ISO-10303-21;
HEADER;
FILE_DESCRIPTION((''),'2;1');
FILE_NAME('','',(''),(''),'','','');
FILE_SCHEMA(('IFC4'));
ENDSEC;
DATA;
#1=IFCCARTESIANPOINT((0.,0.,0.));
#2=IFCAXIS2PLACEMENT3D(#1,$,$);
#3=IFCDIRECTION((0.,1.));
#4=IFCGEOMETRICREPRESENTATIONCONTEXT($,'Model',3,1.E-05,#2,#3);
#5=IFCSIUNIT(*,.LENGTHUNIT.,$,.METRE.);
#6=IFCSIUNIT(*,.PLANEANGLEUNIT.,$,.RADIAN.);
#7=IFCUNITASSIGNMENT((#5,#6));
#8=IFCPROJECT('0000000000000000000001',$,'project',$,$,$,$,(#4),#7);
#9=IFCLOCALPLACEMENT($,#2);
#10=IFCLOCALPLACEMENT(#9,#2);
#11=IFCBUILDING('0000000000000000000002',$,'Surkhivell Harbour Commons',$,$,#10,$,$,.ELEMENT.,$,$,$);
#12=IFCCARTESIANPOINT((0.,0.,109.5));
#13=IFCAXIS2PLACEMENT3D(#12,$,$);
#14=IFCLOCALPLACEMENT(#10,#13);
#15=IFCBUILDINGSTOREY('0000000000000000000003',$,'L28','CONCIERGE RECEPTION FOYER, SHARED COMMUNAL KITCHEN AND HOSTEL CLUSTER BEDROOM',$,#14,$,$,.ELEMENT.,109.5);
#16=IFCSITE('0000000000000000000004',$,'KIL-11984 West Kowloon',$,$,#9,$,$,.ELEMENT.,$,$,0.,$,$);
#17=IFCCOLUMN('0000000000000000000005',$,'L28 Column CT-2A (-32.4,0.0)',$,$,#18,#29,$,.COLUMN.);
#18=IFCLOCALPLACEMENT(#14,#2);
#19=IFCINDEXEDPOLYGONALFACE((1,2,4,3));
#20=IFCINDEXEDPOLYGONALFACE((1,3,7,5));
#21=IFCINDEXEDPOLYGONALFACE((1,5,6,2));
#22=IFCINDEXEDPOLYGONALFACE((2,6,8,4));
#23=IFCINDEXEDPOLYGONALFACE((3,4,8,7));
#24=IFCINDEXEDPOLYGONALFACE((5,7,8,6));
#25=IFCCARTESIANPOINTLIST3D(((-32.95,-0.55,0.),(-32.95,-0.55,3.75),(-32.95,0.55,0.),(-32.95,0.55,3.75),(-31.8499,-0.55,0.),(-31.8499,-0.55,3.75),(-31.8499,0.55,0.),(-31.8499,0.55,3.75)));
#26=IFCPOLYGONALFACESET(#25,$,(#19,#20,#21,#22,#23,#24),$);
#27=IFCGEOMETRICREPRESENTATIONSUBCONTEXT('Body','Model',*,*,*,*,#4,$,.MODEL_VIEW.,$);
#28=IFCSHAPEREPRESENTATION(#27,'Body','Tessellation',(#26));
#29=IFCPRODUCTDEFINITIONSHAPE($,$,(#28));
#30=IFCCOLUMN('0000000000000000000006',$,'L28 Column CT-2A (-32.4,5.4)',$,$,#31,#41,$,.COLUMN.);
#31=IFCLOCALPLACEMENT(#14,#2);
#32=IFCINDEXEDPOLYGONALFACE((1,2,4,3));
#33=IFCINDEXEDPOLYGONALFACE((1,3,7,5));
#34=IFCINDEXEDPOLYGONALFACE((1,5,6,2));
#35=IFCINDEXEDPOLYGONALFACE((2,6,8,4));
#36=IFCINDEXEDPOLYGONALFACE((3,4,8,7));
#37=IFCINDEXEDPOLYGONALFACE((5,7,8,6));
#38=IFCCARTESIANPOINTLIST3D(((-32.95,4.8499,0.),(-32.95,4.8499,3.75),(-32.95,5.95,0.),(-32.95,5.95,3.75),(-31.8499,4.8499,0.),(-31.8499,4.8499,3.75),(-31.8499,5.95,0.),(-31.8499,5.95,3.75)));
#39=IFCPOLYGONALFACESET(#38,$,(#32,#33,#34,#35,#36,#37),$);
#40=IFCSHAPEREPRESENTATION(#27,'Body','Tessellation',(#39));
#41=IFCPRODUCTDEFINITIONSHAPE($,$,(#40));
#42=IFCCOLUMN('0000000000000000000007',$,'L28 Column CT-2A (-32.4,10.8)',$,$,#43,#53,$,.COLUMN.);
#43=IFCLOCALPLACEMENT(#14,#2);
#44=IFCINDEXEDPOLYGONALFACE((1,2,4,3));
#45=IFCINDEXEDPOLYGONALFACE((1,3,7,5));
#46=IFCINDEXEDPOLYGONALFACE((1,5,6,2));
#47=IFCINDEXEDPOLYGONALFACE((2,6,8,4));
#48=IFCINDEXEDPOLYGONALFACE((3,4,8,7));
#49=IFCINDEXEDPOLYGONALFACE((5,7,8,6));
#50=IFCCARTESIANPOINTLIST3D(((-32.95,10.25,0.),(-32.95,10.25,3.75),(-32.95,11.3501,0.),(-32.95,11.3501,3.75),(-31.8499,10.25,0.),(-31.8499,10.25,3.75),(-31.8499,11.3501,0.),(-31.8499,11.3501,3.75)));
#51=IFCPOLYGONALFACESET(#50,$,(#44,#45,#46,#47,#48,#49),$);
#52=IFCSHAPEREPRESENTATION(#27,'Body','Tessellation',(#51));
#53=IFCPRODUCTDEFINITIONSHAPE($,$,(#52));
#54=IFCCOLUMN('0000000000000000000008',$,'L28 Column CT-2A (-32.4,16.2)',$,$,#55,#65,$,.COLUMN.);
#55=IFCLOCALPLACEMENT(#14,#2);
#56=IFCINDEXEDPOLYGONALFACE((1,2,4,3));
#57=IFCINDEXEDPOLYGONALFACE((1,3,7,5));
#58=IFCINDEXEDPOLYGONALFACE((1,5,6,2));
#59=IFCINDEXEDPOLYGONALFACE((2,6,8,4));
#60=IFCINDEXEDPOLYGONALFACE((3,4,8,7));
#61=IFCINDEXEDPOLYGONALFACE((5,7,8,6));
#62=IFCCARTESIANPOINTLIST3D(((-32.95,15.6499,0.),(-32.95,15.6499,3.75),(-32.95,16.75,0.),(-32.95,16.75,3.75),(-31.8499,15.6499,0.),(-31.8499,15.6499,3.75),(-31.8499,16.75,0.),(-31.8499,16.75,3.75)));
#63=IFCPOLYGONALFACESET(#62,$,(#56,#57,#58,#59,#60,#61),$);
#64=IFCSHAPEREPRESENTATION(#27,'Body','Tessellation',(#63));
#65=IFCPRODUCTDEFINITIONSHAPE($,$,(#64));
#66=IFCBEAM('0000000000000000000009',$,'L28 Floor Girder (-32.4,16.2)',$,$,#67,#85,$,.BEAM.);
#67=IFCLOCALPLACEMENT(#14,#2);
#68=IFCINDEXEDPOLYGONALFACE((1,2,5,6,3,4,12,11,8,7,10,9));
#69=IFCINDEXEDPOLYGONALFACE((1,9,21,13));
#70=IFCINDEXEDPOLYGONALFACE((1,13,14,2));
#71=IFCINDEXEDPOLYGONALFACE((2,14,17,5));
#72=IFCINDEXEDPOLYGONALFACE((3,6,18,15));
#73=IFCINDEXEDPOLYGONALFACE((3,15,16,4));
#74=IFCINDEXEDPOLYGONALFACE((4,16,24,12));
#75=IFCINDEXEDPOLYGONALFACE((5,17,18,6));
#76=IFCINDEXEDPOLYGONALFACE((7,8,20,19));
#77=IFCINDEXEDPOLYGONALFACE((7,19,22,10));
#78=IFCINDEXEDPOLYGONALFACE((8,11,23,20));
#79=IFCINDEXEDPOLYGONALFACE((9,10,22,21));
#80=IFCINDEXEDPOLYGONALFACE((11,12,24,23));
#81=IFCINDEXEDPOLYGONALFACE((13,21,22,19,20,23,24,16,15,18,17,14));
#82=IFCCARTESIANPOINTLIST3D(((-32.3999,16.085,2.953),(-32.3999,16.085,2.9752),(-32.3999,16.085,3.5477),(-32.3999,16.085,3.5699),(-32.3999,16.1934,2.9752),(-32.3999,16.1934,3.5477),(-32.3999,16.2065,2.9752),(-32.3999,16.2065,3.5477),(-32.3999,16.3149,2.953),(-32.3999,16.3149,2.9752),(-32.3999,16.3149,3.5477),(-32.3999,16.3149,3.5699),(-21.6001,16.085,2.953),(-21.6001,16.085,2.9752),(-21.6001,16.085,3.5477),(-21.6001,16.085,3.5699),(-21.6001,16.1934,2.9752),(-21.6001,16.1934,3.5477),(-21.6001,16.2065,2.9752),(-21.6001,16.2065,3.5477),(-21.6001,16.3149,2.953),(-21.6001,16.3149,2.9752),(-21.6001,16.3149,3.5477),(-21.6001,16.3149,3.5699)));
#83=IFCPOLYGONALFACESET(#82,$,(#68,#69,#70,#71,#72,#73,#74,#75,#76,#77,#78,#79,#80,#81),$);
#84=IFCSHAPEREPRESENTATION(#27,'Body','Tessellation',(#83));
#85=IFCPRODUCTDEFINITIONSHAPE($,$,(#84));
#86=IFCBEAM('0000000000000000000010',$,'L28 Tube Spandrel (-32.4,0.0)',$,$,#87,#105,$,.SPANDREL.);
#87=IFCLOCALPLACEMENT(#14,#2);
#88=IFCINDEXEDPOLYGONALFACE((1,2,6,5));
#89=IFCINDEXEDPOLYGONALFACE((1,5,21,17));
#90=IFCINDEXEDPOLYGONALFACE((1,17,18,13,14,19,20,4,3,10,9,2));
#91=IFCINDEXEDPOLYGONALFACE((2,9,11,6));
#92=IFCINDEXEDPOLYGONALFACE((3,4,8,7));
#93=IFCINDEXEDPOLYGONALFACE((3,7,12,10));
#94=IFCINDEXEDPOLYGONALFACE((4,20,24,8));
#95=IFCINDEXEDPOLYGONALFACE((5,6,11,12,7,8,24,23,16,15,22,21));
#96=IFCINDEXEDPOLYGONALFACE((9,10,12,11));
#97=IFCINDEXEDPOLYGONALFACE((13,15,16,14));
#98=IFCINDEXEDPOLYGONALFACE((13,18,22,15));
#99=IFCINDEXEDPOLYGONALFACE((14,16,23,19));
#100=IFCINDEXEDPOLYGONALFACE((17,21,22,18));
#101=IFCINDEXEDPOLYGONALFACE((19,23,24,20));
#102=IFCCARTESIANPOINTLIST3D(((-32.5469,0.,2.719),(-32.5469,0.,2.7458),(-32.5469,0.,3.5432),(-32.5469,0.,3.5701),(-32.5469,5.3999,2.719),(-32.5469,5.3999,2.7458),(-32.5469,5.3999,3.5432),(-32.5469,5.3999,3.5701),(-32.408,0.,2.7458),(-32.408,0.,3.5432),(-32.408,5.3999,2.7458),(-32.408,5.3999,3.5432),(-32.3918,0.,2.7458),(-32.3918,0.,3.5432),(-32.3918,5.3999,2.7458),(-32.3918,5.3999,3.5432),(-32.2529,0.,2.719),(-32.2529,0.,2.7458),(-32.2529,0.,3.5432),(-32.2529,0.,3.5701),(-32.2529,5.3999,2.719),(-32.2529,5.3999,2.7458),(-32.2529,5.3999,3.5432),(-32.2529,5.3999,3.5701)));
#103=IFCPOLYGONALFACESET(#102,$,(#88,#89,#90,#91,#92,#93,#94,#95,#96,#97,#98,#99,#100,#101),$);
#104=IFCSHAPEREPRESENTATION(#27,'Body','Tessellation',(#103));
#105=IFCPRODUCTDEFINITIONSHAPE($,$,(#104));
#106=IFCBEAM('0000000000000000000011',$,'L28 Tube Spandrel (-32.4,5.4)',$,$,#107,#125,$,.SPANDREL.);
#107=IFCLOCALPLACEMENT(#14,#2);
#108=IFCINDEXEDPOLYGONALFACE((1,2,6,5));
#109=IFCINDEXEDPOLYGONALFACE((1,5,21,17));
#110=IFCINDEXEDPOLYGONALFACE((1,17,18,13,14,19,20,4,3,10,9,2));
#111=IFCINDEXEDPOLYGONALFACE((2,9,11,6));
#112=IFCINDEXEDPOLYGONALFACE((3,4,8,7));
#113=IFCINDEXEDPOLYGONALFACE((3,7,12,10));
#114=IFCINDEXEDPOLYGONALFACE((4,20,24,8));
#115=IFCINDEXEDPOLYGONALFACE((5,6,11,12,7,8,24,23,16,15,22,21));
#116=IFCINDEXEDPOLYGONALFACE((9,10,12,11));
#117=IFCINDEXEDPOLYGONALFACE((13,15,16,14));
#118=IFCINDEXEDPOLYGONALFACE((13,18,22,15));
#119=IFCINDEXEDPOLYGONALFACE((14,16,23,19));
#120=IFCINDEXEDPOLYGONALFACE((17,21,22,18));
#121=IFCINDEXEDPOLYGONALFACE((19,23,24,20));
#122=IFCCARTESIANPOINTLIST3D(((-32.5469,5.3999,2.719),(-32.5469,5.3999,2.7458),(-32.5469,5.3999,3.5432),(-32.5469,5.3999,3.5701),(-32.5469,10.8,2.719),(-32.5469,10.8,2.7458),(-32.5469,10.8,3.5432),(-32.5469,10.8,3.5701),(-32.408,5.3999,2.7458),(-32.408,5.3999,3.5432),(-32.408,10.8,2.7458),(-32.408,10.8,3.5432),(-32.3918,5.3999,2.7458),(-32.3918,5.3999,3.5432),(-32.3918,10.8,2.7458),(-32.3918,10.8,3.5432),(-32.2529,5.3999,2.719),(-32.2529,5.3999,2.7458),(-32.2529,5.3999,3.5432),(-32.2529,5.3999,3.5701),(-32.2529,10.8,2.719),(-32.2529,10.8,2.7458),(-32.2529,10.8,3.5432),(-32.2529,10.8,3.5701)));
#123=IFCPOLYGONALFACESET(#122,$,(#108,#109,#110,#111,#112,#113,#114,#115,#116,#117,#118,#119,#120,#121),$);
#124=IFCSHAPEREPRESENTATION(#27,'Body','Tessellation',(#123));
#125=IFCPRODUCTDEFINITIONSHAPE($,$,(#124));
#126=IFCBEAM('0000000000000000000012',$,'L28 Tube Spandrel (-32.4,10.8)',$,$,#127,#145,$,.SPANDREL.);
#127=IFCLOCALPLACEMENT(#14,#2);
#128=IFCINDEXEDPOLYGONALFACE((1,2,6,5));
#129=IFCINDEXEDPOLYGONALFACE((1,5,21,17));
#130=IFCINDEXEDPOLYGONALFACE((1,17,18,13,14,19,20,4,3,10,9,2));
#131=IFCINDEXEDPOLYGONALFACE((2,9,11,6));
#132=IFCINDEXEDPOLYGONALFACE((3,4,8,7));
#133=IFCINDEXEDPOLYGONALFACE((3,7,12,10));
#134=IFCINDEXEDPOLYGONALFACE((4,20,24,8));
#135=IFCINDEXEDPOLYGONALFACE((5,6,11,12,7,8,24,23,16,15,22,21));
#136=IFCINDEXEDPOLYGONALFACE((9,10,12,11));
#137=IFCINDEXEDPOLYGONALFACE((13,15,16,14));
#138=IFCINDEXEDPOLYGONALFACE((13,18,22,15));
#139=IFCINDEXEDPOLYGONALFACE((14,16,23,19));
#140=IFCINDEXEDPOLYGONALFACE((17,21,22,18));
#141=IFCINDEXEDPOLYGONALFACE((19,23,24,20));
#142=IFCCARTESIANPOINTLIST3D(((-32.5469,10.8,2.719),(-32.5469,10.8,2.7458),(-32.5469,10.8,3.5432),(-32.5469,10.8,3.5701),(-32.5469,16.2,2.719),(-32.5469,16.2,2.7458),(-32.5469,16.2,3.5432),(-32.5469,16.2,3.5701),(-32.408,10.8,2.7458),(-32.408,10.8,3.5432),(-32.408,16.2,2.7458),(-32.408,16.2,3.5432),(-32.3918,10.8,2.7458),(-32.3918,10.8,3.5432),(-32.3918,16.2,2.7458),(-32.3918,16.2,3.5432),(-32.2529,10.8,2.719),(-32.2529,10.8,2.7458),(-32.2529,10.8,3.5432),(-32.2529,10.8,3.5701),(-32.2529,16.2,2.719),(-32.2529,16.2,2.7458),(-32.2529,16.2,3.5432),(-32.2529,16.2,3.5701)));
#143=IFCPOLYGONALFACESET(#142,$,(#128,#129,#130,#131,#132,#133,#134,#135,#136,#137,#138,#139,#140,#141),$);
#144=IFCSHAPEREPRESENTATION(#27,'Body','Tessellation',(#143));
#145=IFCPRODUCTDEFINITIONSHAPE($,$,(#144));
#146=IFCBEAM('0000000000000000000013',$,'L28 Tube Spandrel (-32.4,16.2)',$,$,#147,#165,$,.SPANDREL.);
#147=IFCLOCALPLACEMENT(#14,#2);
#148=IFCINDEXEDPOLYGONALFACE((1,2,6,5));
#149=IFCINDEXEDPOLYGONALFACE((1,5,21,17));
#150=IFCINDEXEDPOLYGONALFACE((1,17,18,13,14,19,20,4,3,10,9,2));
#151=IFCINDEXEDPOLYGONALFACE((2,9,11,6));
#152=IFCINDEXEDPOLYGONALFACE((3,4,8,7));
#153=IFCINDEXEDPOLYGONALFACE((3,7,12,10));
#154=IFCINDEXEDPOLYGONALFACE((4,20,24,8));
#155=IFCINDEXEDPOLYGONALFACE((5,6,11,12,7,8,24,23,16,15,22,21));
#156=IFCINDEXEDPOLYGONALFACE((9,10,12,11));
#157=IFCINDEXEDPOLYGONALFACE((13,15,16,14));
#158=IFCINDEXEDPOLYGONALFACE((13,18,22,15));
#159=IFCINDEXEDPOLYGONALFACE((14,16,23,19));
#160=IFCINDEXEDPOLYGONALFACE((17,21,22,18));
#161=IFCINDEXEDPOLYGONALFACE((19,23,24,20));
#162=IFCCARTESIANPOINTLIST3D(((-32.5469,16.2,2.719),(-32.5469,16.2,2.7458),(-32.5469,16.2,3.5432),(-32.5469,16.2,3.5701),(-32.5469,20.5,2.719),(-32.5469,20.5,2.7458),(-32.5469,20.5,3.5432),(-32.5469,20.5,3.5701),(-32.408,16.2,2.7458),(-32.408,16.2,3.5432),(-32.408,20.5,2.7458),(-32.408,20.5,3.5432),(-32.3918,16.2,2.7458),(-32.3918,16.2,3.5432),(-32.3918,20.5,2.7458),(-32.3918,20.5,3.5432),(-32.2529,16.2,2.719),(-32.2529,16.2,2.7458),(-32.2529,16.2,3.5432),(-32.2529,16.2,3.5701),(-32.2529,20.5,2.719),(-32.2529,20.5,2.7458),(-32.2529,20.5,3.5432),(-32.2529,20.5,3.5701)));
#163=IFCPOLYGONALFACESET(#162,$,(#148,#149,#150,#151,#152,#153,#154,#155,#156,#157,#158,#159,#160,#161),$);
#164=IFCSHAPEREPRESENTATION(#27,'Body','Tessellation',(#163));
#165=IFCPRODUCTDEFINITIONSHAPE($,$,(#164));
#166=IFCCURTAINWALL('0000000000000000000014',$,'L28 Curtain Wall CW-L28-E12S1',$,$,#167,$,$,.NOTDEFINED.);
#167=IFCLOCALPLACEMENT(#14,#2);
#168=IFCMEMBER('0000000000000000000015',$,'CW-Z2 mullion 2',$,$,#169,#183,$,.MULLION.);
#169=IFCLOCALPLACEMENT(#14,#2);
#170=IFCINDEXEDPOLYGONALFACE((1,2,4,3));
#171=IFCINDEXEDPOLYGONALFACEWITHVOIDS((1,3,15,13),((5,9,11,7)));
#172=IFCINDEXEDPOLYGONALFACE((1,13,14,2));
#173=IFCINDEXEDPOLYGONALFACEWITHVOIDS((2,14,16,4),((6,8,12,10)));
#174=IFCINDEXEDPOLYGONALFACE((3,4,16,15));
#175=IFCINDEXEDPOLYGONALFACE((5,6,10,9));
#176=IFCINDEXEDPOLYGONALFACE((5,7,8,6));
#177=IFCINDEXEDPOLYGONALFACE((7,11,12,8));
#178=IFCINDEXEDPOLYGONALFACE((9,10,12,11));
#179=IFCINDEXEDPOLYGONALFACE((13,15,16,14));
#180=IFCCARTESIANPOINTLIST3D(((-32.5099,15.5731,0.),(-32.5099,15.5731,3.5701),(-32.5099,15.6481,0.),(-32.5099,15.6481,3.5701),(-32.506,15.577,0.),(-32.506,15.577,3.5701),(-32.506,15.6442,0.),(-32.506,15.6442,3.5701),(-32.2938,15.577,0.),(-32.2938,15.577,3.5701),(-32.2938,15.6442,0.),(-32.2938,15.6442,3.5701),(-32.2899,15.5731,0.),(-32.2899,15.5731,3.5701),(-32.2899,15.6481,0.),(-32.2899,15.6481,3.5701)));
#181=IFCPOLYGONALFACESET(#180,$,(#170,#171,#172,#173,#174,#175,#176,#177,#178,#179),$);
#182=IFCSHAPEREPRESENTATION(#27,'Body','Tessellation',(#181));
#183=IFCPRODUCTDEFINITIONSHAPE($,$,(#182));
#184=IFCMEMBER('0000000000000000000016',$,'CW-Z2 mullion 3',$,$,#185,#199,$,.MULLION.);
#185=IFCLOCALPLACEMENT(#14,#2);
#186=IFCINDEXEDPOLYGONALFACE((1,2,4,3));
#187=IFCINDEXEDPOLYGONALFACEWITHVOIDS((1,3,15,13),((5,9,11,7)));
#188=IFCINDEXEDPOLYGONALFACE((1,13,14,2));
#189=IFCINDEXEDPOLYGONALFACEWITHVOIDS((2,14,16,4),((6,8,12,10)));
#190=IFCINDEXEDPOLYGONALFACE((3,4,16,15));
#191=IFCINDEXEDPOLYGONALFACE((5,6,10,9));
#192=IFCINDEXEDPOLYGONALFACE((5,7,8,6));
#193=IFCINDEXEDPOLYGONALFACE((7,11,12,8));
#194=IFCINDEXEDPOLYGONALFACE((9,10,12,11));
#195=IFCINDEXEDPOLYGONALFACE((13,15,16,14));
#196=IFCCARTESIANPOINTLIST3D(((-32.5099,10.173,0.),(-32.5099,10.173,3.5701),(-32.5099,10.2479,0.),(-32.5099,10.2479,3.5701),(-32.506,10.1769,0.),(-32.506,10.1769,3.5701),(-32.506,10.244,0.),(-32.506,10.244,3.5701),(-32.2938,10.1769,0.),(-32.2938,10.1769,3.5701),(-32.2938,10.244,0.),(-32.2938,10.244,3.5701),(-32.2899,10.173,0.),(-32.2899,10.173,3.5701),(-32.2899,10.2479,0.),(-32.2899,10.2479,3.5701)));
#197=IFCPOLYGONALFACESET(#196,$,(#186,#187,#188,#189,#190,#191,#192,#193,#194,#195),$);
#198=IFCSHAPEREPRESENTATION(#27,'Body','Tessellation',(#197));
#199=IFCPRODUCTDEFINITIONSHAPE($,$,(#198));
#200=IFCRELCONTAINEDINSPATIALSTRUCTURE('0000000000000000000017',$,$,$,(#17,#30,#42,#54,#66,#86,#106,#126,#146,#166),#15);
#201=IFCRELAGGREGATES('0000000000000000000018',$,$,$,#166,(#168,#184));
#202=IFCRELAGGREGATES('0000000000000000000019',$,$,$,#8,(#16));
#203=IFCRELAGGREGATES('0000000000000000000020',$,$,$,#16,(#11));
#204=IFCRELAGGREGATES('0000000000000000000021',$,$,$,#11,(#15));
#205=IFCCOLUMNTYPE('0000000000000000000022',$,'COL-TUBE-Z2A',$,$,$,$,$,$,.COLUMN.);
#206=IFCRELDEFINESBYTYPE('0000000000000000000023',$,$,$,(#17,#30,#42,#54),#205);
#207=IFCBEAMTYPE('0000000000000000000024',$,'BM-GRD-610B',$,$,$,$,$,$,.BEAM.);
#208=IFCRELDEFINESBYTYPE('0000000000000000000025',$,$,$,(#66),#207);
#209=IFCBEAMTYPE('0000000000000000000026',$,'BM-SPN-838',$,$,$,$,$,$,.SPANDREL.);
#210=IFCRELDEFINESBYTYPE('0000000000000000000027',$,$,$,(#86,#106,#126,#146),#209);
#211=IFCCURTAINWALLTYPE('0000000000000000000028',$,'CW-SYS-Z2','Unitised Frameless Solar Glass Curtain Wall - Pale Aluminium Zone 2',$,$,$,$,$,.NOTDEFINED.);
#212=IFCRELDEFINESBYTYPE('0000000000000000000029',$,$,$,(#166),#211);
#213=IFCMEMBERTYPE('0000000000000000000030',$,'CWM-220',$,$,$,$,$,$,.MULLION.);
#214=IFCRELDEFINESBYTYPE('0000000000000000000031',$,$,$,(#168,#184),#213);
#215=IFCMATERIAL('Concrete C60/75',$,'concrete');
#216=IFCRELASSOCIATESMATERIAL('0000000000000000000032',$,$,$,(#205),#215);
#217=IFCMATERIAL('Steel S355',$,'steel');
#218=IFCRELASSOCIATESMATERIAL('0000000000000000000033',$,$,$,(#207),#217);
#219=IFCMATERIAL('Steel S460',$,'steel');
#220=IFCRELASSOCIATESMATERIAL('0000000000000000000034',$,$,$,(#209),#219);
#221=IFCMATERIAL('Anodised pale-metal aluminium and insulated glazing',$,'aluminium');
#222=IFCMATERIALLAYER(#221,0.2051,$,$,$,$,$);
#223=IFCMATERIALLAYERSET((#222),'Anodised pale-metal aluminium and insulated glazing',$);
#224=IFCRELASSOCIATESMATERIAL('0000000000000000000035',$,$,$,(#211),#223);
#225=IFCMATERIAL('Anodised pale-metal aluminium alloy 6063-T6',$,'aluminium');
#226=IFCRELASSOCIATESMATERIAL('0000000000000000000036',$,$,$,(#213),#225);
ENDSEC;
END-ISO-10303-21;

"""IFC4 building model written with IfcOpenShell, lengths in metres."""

from ifc_helpers import new_model, si_unit, direction, frame, origin, origin_2d, place, context, subcontext, project, spatial, rectangle, hollow_rectangle, i_section, extrude, material, layer, layer_set, material_profile, profile_set, type_object, element, aggregate, save


model = new_model("IFC4")

# Units and contexts
model_context = context("Model", 3, precision=1e-05, world=origin(), true_north=direction((0.0, 1.0)))
body_context = subcontext(model_context, "Body", "Model", "MODEL_VIEW")
ifc_project = project(units=[si_unit("LENGTHUNIT", "METRE"), si_unit("PLANEANGLEUNIT", "RADIAN")], contexts=[model_context])

# Site, building, storey
site_placement = place(None, origin())
site = spatial("IfcSite", under=ifc_project, at=site_placement, Name="KIL-11984 West Kowloon", CompositionType="ELEMENT", RefElevation=0.0)
building_placement = place(site_placement, origin())
building = spatial("IfcBuilding", under=site, at=building_placement, Name="Surkhivell Harbour Commons", CompositionType="ELEMENT")
storey_placement = place(building_placement, frame((0.0, 0.0, 109.5)))
storey = spatial("IfcBuildingStorey", under=building, at=storey_placement, Name="L28", Description="CONCIERGE RECEPTION FOYER, SHARED COMMUNAL KITCHEN AND HOSTEL CLUSTER BEDROOM", CompositionType="ELEMENT", Elevation=109.5)

# Columns
ifc_material_1 = material(Name="Concrete C60/75", Category="concrete")
ifc_material_profile_1 = material_profile(ifc_material_1, rectangle(XDim=1.1001, YDim=1.1001, at=origin_2d()), Name="RC-COL-1100x1100")
ifc_profile_set_1 = profile_set([ifc_material_profile_1], Name="Concrete C60/75")
column_type = type_object("IfcColumnType", Name="COL-TUBE-Z2A", PredefinedType="COLUMN", material=ifc_profile_set_1)
for number, where, z_axis, x_axis, name in (
    (1, (-32.3999, 0.0, 0.0), (0.0, 0.0, 1.0), (1.0, 0.0, 0.0), "L28 Column CT-2A (-32.4,0.0)"),
    (2, (-32.3999, 5.3999, 0.0), (0.0, 0.0, 1.0), (1.0, 0.0, 0.0), "L28 Column CT-2A (-32.4,5.4)"),
    (3, (-32.3999, 10.8, 0.0), (0.0, 0.0, 1.0), (1.0, 0.0, 0.0), "L28 Column CT-2A (-32.4,10.8)"),
    (4, (-32.3999, 16.2, 0.0), (0.0, 0.0, 1.0), (1.0, 0.0, 0.0), "L28 Column CT-2A (-32.4,16.2)"),
):
    element("IfcColumn", number, at=place(storey_placement, frame(where, z_axis=z_axis, x_axis=x_axis)), inside=storey, type_object=column_type, Name=name, PredefinedType="COLUMN", context=body_context, shape_type="SweptSolid", body=[
        extrude(rectangle(XDim=1.1001, YDim=1.1001, at=origin_2d()), origin(), (0.0, 0.0, 1.0), 3.75),
    ])

# Beams
ifc_material_2 = material(Name="Steel S355", Category="steel")
ifc_material_profile_2 = material_profile(ifc_material_2, i_section(OverallWidth=0.23, OverallDepth=0.6169, WebThickness=0.0132, FlangeThickness=0.0222, at=origin_2d()), Name="UB610x229x140")
ifc_profile_set_2 = profile_set([ifc_material_profile_2], Name="Steel S355")
beam_type_1 = type_object("IfcBeamType", Name="BM-GRD-610B", PredefinedType="BEAM", material=ifc_profile_set_2)
beam_1_placement = place(storey_placement, frame((-32.3999, 16.2, 3.2615), z_axis=(1.0, 0.0, 0.0), x_axis=(0.0, 1.0, 0.0)))
element("IfcBeam", 5, at=beam_1_placement, inside=storey, type_object=beam_type_1, Name="L28 Floor Girder (-32.4,16.2)", PredefinedType="BEAM", context=body_context, shape_type="SweptSolid", body=[
    extrude(i_section(OverallWidth=0.23, OverallDepth=0.6169, WebThickness=0.0132, FlangeThickness=0.0222, at=origin_2d()), origin(), (0.0, 0.0, 1.0), 10.7998),
])
ifc_material_3 = material(Name="Steel S460", Category="steel")
ifc_material_profile_3 = material_profile(ifc_material_3, i_section(OverallWidth=0.2939, OverallDepth=0.8511, WebThickness=0.0161, FlangeThickness=0.0269, at=origin_2d()), Name="UB838x292x226")
ifc_profile_set_3 = profile_set([ifc_material_profile_3], Name="Steel S460")
beam_type_2 = type_object("IfcBeamType", Name="BM-SPN-838", PredefinedType="SPANDREL", material=ifc_profile_set_3)
beam_2_placement = place(storey_placement, frame((-32.3999, 0.0, 3.1445), z_axis=(0.0, 1.0, 0.0), x_axis=(-1.0, 0.0, 0.0)))
element("IfcBeam", 6, at=beam_2_placement, inside=storey, type_object=beam_type_2, Name="L28 Tube Spandrel (-32.4,0.0)", PredefinedType="SPANDREL", context=body_context, shape_type="SweptSolid", body=[
    extrude(i_section(OverallWidth=0.2939, OverallDepth=0.8511, WebThickness=0.0161, FlangeThickness=0.0269, at=origin_2d()), origin(), (0.0, 0.0, 1.0), 5.3999),
])
beam_3_placement = place(storey_placement, frame((-32.3999, 5.3999, 3.1445), z_axis=(0.0, 1.0, 0.0), x_axis=(-1.0, 0.0, 0.0)))
element("IfcBeam", 7, at=beam_3_placement, inside=storey, type_object=beam_type_2, Name="L28 Tube Spandrel (-32.4,5.4)", PredefinedType="SPANDREL", context=body_context, shape_type="SweptSolid", body=[
    extrude(i_section(OverallWidth=0.2939, OverallDepth=0.8511, WebThickness=0.0161, FlangeThickness=0.0269, at=origin_2d()), origin(), (0.0, 0.0, 1.0), 5.4001),
])
beam_4_placement = place(storey_placement, frame((-32.3999, 10.8, 3.1445), z_axis=(0.0, 1.0, 0.0), x_axis=(-1.0, 0.0, 0.0)))
element("IfcBeam", 8, at=beam_4_placement, inside=storey, type_object=beam_type_2, Name="L28 Tube Spandrel (-32.4,10.8)", PredefinedType="SPANDREL", context=body_context, shape_type="SweptSolid", body=[
    extrude(i_section(OverallWidth=0.2939, OverallDepth=0.8511, WebThickness=0.0161, FlangeThickness=0.0269, at=origin_2d()), origin(), (0.0, 0.0, 1.0), 5.3999),
])
beam_5_placement = place(storey_placement, frame((-32.3999, 16.2, 3.1445), z_axis=(0.0, 1.0, 0.0), x_axis=(-1.0, 0.0, 0.0)))
element("IfcBeam", 9, at=beam_5_placement, inside=storey, type_object=beam_type_2, Name="L28 Tube Spandrel (-32.4,16.2)", PredefinedType="SPANDREL", context=body_context, shape_type="SweptSolid", body=[
    extrude(i_section(OverallWidth=0.2939, OverallDepth=0.8511, WebThickness=0.0161, FlangeThickness=0.0269, at=origin_2d()), origin(), (0.0, 0.0, 1.0), 4.3),
])

# Curtain wall, members
ifc_material_4 = material(Name="Anodised pale-metal aluminium and insulated glazing", Category="aluminium")
ifc_layer_1 = layer(ifc_material_4, 0.2051)
ifc_layer_set_1 = layer_set([ifc_layer_1], Name="Anodised pale-metal aluminium and insulated glazing")
curtain_wall_type = type_object("IfcCurtainWallType", Name="CW-SYS-Z2", Description="Unitised Frameless Solar Glass Curtain Wall - Pale Aluminium Zone 2", PredefinedType="NOTDEFINED", material=ifc_layer_set_1)
curtain_wall_placement = place(storey_placement, origin())
curtain_wall = element("IfcCurtainWall", 10, at=curtain_wall_placement, inside=storey, type_object=curtain_wall_type, Name="L28 Curtain Wall CW-L28-E12S1", PredefinedType="NOTDEFINED")
ifc_material_5 = material(Name="Anodised pale-metal aluminium alloy 6063-T6", Category="aluminium")
ifc_material_profile_4 = material_profile(ifc_material_5, hollow_rectangle(XDim=0.075, YDim=0.22, WallThickness=0.0039, at=origin_2d()), Name="ALU-MULL-75x220")
ifc_profile_set_4 = profile_set([ifc_material_profile_4], Name="Anodised pale-metal aluminium alloy 6063-T6")
member_type_1 = type_object("IfcMemberType", Name="CWM-220", PredefinedType="MULLION", material=ifc_profile_set_4)
member_1_placement = place(storey_placement, frame((-32.3999, 15.6106, 0.0), z_axis=(0.0, 0.0, 1.0), x_axis=(0.0, -1.0, 0.0)))
member_1 = element("IfcMember", 11, at=member_1_placement, type_object=member_type_1, Name="CW-Z2 mullion 2", PredefinedType="MULLION", context=body_context, shape_type="SweptSolid", body=[
    extrude(hollow_rectangle(XDim=0.075, YDim=0.22, WallThickness=0.0039, at=origin_2d()), origin(), (0.0, 0.0, 1.0), 3.5701),
])
member_2_placement = place(storey_placement, frame((-32.3999, 10.2104, 0.0), z_axis=(0.0, 0.0, 1.0), x_axis=(0.0, -1.0, 0.0)))
member_2 = element("IfcMember", 12, at=member_2_placement, type_object=member_type_1, Name="CW-Z2 mullion 3", PredefinedType="MULLION", context=body_context, shape_type="SweptSolid", body=[
    extrude(hollow_rectangle(XDim=0.075, YDim=0.22, WallThickness=0.0039, at=origin_2d()), origin(), (0.0, 0.0, 1.0), 3.5701),
])
aggregate(curtain_wall, [member_1, member_2])

save(model, "model.ifc")
